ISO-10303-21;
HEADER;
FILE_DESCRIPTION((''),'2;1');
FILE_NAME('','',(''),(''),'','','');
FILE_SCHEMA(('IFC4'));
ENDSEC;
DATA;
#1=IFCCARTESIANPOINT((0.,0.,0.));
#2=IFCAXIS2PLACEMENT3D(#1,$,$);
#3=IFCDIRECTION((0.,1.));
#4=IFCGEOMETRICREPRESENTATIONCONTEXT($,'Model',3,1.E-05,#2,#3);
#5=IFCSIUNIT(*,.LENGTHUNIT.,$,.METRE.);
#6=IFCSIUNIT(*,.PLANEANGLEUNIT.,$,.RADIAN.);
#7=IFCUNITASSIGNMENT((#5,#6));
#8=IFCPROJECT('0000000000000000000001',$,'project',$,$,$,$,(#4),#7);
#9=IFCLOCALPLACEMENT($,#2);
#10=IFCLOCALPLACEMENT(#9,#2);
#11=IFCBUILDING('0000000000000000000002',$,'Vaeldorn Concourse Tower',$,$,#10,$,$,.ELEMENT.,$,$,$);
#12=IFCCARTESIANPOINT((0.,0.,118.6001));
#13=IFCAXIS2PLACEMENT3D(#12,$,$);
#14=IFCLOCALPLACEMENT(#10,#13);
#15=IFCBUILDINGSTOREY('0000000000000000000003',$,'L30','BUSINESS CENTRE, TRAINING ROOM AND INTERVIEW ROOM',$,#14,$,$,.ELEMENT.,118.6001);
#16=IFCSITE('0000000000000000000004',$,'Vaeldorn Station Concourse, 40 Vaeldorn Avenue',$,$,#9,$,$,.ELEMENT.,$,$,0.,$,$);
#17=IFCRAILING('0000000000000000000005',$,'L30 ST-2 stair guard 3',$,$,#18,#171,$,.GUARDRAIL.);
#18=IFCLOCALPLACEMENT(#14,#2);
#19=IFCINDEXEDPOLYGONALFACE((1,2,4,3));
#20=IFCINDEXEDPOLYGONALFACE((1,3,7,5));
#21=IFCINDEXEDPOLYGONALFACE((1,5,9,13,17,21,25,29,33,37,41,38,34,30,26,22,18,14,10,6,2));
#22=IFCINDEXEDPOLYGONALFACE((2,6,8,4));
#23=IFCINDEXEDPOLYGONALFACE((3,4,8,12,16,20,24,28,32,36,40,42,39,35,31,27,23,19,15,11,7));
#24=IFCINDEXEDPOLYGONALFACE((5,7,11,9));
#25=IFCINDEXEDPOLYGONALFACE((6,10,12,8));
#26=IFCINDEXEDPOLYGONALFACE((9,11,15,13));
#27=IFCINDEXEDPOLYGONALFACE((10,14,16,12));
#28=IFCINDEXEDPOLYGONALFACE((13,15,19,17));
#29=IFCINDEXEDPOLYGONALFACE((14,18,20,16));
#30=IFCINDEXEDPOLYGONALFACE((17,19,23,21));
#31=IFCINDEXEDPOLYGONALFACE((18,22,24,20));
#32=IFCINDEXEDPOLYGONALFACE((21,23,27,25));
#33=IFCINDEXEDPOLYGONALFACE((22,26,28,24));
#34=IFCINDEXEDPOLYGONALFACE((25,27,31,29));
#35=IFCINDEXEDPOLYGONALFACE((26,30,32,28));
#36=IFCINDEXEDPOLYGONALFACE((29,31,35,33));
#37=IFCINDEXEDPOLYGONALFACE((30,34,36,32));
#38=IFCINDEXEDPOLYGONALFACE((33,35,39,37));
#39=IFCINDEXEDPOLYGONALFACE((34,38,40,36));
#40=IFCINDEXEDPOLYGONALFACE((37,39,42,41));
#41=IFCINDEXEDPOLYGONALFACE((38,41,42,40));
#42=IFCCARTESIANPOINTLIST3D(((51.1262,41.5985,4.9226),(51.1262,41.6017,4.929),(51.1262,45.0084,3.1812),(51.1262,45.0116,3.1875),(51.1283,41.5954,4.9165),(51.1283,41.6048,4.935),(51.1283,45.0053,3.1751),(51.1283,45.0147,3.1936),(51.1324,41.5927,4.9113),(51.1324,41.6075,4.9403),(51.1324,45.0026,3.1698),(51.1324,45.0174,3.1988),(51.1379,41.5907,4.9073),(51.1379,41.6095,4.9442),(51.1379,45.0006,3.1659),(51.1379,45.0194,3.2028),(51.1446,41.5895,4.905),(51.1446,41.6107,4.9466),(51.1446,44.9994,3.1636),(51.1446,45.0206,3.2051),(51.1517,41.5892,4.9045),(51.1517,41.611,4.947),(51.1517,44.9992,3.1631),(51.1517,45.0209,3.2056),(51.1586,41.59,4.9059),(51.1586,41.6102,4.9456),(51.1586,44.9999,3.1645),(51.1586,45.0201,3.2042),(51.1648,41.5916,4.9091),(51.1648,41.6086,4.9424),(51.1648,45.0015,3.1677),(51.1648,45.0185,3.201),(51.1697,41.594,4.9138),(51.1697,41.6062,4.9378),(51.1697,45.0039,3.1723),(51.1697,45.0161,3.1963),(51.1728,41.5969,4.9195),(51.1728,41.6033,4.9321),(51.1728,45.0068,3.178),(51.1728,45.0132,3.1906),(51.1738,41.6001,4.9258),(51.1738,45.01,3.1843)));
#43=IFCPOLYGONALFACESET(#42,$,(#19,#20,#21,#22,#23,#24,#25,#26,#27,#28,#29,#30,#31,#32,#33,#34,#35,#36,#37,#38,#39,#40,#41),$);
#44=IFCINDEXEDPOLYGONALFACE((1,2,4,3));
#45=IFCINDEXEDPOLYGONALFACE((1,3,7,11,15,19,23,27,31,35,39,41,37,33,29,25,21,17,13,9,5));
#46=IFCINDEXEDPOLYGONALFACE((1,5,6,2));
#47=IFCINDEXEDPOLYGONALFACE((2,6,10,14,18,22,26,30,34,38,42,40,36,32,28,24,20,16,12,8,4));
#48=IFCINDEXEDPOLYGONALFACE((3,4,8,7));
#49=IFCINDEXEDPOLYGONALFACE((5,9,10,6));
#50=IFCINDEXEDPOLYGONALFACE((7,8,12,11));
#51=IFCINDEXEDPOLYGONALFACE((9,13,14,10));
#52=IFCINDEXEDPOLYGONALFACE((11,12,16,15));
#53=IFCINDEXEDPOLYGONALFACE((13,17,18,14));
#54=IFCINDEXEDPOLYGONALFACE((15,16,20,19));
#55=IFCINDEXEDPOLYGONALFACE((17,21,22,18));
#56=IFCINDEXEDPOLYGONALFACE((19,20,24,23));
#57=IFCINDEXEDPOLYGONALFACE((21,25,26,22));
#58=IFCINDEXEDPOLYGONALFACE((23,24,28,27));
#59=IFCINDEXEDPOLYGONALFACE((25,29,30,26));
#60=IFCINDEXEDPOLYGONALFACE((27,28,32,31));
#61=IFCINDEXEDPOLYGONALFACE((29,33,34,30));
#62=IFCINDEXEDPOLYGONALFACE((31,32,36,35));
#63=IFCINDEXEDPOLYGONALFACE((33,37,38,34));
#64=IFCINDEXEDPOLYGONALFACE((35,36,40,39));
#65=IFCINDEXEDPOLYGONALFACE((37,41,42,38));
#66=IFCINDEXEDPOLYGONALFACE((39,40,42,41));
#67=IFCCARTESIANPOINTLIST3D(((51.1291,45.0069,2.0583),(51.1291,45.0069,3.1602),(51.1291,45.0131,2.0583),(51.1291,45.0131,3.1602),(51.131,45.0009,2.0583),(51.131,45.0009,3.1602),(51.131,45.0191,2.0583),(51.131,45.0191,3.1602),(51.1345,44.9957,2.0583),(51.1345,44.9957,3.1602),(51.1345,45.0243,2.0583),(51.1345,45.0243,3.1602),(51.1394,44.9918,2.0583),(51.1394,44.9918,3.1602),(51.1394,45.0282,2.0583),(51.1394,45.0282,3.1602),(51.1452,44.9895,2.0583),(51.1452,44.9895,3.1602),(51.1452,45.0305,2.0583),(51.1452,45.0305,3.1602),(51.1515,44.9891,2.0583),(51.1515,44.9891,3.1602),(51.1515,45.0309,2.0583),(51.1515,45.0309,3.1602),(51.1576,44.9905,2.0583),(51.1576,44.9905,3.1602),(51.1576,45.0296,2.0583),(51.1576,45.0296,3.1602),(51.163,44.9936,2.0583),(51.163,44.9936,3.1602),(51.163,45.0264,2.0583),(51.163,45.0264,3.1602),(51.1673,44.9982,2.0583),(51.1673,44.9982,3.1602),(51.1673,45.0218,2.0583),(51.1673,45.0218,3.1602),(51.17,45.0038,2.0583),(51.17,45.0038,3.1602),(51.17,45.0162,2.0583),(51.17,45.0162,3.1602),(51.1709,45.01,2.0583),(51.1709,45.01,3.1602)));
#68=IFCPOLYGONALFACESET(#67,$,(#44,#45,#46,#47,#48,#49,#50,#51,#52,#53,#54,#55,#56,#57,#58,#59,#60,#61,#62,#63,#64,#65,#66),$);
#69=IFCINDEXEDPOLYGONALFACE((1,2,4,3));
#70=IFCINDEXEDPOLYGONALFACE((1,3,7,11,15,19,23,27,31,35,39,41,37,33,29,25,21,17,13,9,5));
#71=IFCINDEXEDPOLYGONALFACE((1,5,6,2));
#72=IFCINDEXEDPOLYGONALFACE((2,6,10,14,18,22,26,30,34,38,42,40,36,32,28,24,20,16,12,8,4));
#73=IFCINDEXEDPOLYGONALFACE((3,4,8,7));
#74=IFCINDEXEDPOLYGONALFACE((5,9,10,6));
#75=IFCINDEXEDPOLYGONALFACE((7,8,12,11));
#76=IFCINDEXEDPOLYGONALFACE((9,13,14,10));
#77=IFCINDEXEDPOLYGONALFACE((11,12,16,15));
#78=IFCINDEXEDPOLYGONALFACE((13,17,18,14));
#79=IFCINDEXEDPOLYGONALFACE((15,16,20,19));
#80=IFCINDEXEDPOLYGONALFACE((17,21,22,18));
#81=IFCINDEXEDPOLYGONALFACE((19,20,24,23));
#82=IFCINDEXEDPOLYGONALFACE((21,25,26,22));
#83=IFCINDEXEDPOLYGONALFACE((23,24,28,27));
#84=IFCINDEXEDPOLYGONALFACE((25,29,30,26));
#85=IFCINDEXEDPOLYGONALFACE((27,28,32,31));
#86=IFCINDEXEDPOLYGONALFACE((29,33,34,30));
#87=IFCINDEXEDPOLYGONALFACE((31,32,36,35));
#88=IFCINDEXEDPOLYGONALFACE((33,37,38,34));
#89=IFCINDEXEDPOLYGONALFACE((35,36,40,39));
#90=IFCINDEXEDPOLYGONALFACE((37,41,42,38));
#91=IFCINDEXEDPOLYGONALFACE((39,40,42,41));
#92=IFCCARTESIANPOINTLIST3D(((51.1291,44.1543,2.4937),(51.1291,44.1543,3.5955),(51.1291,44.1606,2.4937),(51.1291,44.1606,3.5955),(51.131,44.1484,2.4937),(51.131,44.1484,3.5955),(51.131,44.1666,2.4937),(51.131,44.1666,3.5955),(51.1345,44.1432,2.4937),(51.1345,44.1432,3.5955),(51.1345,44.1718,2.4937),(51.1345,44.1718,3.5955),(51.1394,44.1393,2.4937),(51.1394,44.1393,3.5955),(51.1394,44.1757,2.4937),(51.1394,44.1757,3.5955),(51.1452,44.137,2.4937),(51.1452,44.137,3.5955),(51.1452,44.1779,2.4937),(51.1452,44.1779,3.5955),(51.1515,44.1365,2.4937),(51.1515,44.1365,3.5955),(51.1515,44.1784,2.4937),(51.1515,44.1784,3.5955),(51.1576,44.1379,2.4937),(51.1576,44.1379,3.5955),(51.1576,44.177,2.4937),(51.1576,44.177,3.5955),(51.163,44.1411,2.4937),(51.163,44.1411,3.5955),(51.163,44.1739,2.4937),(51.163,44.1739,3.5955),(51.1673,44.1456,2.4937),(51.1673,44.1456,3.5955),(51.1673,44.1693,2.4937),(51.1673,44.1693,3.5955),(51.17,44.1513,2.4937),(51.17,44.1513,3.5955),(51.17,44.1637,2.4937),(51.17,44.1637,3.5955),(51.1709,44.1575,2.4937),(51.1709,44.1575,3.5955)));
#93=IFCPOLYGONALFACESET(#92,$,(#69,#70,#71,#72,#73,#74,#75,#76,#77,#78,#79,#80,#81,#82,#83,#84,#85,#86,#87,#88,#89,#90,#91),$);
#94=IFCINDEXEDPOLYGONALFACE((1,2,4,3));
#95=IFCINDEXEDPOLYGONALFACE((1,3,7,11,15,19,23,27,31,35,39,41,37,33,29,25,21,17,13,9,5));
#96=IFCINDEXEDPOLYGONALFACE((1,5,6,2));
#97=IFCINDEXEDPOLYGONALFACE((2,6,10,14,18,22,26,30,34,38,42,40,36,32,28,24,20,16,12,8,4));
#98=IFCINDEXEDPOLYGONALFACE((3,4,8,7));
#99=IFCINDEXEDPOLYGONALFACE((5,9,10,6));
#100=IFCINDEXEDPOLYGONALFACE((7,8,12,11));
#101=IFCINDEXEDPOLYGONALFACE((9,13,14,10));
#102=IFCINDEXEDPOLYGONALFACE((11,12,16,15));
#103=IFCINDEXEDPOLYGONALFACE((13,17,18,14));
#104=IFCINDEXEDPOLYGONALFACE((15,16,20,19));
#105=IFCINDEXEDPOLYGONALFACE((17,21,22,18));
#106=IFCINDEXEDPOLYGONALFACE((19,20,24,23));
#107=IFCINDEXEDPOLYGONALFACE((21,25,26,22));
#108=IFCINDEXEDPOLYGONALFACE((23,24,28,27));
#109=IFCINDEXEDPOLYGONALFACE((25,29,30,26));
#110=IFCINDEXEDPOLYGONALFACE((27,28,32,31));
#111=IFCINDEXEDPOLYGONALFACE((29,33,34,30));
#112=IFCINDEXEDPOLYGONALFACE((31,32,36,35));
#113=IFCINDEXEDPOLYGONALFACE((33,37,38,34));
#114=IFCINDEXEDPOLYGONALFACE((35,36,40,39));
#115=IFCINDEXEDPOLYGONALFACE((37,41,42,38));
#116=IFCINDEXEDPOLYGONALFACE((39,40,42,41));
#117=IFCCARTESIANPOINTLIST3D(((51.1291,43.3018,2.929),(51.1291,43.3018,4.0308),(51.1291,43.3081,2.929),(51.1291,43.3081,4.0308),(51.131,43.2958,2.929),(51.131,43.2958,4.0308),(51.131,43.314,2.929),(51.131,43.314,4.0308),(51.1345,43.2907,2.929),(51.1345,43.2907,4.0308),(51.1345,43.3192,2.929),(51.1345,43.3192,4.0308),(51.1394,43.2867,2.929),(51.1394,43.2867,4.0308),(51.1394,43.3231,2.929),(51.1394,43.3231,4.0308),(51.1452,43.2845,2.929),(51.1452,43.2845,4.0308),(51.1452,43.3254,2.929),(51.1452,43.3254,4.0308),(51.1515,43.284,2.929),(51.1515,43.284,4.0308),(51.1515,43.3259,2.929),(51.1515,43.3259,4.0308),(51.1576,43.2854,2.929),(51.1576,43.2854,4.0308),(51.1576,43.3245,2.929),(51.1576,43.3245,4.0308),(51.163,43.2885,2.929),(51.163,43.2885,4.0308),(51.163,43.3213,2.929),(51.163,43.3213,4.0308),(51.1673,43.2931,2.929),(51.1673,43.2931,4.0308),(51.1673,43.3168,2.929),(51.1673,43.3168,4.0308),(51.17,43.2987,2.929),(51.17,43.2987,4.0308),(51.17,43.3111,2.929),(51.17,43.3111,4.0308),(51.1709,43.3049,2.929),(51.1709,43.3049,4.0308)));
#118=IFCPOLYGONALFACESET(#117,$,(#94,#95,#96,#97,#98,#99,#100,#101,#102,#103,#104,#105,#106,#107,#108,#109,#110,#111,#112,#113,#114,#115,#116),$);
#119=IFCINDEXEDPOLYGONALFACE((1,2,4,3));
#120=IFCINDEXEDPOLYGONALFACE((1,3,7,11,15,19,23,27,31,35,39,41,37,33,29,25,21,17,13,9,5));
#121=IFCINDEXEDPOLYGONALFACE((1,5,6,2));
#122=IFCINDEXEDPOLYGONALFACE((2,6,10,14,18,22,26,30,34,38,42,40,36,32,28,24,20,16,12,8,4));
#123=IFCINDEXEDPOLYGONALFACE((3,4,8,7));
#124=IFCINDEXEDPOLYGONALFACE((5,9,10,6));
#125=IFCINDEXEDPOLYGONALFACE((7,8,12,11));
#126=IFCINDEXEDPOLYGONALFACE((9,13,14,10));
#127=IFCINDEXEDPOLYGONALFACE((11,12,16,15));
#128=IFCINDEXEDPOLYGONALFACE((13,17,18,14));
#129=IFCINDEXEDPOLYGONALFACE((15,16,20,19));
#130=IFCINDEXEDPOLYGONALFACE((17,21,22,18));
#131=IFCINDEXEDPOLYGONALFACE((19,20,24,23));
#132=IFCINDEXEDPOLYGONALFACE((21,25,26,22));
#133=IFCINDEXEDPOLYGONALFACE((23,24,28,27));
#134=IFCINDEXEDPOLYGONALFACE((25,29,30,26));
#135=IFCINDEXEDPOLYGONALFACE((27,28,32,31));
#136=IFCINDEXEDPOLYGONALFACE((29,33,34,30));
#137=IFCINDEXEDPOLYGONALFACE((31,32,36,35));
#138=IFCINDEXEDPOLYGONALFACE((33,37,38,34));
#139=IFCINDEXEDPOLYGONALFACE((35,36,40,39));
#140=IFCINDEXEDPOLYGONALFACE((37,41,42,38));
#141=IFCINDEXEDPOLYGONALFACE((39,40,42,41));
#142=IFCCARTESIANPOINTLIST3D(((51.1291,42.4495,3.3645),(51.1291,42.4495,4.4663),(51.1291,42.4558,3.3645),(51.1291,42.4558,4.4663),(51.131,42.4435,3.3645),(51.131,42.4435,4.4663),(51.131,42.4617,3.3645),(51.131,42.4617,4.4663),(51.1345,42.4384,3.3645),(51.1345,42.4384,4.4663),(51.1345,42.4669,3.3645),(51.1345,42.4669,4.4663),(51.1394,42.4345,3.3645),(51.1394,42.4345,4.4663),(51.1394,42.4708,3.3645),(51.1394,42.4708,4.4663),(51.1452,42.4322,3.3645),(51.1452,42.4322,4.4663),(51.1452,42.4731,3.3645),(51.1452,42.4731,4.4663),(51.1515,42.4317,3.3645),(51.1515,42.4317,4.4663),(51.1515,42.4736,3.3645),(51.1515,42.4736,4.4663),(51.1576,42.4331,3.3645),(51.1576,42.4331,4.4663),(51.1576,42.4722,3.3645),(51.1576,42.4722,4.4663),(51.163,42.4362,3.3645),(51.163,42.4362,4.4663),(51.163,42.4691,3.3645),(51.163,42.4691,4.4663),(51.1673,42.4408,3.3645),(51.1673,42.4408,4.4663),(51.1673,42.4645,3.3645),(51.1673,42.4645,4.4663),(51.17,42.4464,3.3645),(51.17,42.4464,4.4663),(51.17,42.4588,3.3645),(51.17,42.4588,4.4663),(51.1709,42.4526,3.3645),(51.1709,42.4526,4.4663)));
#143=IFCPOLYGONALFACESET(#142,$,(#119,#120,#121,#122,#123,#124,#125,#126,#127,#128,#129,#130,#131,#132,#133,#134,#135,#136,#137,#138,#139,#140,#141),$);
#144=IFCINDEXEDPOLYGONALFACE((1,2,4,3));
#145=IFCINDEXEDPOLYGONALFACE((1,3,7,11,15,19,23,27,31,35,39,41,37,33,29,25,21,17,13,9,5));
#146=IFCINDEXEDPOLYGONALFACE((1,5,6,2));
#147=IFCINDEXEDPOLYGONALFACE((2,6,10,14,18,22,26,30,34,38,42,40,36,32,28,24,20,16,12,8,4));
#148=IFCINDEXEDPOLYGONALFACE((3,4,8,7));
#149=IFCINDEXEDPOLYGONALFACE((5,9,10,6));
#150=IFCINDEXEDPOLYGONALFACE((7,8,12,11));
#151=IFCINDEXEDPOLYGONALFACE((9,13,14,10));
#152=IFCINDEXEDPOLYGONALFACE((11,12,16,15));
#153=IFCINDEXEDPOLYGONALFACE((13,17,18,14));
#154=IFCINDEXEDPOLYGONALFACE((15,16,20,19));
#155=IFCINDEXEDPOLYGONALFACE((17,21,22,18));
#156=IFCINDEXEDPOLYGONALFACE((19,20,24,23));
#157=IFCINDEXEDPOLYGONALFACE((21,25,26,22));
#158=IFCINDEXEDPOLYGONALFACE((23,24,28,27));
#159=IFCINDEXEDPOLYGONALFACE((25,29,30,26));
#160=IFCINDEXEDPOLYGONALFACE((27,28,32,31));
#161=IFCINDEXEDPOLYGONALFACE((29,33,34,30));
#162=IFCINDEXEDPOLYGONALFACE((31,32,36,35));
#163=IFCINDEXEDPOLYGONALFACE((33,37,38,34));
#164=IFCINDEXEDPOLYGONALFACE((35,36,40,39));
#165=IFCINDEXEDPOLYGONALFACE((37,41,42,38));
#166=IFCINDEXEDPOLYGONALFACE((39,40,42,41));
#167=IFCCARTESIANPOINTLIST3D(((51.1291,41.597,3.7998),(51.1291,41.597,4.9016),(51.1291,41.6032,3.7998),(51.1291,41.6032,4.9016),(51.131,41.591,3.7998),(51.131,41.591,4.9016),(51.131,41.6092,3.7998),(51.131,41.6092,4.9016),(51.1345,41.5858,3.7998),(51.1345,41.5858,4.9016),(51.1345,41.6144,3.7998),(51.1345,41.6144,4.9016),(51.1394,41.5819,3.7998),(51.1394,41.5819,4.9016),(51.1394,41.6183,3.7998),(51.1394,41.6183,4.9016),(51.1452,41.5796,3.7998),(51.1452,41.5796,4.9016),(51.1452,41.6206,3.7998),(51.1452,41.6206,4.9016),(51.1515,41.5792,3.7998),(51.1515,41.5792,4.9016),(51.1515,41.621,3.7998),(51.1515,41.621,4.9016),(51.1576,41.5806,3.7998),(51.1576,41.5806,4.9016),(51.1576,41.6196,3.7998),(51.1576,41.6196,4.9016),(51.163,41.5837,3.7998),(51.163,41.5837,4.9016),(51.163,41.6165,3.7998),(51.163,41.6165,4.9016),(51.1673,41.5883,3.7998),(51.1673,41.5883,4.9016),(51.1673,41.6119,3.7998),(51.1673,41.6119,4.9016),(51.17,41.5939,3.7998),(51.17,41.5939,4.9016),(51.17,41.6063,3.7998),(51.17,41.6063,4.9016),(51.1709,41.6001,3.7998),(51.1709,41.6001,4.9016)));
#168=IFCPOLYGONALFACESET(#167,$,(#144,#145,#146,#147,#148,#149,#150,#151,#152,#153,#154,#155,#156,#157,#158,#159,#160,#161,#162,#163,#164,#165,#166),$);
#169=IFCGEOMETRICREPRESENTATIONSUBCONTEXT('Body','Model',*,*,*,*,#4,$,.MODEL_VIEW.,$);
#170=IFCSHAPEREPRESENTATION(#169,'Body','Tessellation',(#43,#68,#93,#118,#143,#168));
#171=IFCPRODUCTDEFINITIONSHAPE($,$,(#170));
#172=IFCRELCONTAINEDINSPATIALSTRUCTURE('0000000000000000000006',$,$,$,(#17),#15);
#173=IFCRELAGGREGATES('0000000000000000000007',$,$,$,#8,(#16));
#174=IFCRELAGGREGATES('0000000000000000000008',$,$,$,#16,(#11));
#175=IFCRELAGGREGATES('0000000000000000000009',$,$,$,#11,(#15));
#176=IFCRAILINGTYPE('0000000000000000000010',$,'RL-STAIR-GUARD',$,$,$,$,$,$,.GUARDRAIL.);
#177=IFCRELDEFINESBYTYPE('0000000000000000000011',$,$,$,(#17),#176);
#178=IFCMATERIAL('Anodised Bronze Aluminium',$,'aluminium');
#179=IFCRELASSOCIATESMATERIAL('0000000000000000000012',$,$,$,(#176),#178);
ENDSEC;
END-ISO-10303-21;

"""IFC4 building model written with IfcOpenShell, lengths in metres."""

from ifc_helpers import new_model, si_unit, direction, frame, origin, origin_2d, place, context, subcontext, project, spatial, circle, extrude, material, type_object, element, save


model = new_model("IFC4")

# Units and contexts
model_context = context("Model", 3, precision=1e-05, world=origin(), true_north=direction((0.0, 1.0)))
body_context = subcontext(model_context, "Body", "Model", "MODEL_VIEW")
ifc_project = project(units=[si_unit("LENGTHUNIT", "METRE"), si_unit("PLANEANGLEUNIT", "RADIAN")], contexts=[model_context])

# Site, building, storey
site_placement = place(None, origin())
site = spatial("IfcSite", under=ifc_project, at=site_placement, Name="Vaeldorn Station Concourse, 40 Vaeldorn Avenue", CompositionType="ELEMENT", RefElevation=0.0)
building_placement = place(site_placement, origin())
building = spatial("IfcBuilding", under=site, at=building_placement, Name="Vaeldorn Concourse Tower", CompositionType="ELEMENT")
storey_placement = place(building_placement, frame((0.0, 0.0, 118.6001)))
storey = spatial("IfcBuildingStorey", under=building, at=storey_placement, Name="L30", Description="BUSINESS CENTRE, TRAINING ROOM AND INTERVIEW ROOM", CompositionType="ELEMENT", Elevation=118.6001)

# Shared definitions
ifc_material_1 = material(Name="Anodised Bronze Aluminium", Category="aluminium")

# Railing
railing_type_1 = type_object("IfcRailingType", Name="RL-STAIR-GUARD", PredefinedType="GUARDRAIL", material=ifc_material_1)
railing_1_placement = place(storey_placement, frame((51.1499, 45.01, 2.0583)))
element("IfcRailing", 1, at=railing_1_placement, inside=storey, type_object=railing_type_1, Name="L30 ST-2 stair guard 3", PredefinedType="GUARDRAIL", context=body_context, shape_type="SweptSolid", body=[
    extrude(circle(Radius=0.0239, at=origin_2d()), frame((0.0, 0.0, 1.126), z_axis=(0.0, -0.890582, 0.454823), x_axis=(1.0, 0.0, 0.0)), (0.0, 0.0, 1.0), 3.8289),
    extrude(circle(Radius=0.021, at=origin_2d()), origin(), (0.0, 0.0, 1.0), 1.1018),
    extrude(circle(Radius=0.021, at=origin_2d()), frame((0.0, -0.8525, 0.4353)), (0.0, 0.0, 1.0), 1.1018),
    extrude(circle(Radius=0.021, at=origin_2d()), frame((0.0, -1.7051, 0.8706)), (0.0, 0.0, 1.0), 1.1018),
    extrude(circle(Radius=0.021, at=origin_2d()), frame((0.0, -2.5574, 1.3062)), (0.0, 0.0, 1.0), 1.1018),
    extrude(circle(Radius=0.021, at=origin_2d()), frame((0.0, -3.4099, 1.7415)), (0.0, 0.0, 1.0), 1.1018),
])

save(model, "model.ifc")
